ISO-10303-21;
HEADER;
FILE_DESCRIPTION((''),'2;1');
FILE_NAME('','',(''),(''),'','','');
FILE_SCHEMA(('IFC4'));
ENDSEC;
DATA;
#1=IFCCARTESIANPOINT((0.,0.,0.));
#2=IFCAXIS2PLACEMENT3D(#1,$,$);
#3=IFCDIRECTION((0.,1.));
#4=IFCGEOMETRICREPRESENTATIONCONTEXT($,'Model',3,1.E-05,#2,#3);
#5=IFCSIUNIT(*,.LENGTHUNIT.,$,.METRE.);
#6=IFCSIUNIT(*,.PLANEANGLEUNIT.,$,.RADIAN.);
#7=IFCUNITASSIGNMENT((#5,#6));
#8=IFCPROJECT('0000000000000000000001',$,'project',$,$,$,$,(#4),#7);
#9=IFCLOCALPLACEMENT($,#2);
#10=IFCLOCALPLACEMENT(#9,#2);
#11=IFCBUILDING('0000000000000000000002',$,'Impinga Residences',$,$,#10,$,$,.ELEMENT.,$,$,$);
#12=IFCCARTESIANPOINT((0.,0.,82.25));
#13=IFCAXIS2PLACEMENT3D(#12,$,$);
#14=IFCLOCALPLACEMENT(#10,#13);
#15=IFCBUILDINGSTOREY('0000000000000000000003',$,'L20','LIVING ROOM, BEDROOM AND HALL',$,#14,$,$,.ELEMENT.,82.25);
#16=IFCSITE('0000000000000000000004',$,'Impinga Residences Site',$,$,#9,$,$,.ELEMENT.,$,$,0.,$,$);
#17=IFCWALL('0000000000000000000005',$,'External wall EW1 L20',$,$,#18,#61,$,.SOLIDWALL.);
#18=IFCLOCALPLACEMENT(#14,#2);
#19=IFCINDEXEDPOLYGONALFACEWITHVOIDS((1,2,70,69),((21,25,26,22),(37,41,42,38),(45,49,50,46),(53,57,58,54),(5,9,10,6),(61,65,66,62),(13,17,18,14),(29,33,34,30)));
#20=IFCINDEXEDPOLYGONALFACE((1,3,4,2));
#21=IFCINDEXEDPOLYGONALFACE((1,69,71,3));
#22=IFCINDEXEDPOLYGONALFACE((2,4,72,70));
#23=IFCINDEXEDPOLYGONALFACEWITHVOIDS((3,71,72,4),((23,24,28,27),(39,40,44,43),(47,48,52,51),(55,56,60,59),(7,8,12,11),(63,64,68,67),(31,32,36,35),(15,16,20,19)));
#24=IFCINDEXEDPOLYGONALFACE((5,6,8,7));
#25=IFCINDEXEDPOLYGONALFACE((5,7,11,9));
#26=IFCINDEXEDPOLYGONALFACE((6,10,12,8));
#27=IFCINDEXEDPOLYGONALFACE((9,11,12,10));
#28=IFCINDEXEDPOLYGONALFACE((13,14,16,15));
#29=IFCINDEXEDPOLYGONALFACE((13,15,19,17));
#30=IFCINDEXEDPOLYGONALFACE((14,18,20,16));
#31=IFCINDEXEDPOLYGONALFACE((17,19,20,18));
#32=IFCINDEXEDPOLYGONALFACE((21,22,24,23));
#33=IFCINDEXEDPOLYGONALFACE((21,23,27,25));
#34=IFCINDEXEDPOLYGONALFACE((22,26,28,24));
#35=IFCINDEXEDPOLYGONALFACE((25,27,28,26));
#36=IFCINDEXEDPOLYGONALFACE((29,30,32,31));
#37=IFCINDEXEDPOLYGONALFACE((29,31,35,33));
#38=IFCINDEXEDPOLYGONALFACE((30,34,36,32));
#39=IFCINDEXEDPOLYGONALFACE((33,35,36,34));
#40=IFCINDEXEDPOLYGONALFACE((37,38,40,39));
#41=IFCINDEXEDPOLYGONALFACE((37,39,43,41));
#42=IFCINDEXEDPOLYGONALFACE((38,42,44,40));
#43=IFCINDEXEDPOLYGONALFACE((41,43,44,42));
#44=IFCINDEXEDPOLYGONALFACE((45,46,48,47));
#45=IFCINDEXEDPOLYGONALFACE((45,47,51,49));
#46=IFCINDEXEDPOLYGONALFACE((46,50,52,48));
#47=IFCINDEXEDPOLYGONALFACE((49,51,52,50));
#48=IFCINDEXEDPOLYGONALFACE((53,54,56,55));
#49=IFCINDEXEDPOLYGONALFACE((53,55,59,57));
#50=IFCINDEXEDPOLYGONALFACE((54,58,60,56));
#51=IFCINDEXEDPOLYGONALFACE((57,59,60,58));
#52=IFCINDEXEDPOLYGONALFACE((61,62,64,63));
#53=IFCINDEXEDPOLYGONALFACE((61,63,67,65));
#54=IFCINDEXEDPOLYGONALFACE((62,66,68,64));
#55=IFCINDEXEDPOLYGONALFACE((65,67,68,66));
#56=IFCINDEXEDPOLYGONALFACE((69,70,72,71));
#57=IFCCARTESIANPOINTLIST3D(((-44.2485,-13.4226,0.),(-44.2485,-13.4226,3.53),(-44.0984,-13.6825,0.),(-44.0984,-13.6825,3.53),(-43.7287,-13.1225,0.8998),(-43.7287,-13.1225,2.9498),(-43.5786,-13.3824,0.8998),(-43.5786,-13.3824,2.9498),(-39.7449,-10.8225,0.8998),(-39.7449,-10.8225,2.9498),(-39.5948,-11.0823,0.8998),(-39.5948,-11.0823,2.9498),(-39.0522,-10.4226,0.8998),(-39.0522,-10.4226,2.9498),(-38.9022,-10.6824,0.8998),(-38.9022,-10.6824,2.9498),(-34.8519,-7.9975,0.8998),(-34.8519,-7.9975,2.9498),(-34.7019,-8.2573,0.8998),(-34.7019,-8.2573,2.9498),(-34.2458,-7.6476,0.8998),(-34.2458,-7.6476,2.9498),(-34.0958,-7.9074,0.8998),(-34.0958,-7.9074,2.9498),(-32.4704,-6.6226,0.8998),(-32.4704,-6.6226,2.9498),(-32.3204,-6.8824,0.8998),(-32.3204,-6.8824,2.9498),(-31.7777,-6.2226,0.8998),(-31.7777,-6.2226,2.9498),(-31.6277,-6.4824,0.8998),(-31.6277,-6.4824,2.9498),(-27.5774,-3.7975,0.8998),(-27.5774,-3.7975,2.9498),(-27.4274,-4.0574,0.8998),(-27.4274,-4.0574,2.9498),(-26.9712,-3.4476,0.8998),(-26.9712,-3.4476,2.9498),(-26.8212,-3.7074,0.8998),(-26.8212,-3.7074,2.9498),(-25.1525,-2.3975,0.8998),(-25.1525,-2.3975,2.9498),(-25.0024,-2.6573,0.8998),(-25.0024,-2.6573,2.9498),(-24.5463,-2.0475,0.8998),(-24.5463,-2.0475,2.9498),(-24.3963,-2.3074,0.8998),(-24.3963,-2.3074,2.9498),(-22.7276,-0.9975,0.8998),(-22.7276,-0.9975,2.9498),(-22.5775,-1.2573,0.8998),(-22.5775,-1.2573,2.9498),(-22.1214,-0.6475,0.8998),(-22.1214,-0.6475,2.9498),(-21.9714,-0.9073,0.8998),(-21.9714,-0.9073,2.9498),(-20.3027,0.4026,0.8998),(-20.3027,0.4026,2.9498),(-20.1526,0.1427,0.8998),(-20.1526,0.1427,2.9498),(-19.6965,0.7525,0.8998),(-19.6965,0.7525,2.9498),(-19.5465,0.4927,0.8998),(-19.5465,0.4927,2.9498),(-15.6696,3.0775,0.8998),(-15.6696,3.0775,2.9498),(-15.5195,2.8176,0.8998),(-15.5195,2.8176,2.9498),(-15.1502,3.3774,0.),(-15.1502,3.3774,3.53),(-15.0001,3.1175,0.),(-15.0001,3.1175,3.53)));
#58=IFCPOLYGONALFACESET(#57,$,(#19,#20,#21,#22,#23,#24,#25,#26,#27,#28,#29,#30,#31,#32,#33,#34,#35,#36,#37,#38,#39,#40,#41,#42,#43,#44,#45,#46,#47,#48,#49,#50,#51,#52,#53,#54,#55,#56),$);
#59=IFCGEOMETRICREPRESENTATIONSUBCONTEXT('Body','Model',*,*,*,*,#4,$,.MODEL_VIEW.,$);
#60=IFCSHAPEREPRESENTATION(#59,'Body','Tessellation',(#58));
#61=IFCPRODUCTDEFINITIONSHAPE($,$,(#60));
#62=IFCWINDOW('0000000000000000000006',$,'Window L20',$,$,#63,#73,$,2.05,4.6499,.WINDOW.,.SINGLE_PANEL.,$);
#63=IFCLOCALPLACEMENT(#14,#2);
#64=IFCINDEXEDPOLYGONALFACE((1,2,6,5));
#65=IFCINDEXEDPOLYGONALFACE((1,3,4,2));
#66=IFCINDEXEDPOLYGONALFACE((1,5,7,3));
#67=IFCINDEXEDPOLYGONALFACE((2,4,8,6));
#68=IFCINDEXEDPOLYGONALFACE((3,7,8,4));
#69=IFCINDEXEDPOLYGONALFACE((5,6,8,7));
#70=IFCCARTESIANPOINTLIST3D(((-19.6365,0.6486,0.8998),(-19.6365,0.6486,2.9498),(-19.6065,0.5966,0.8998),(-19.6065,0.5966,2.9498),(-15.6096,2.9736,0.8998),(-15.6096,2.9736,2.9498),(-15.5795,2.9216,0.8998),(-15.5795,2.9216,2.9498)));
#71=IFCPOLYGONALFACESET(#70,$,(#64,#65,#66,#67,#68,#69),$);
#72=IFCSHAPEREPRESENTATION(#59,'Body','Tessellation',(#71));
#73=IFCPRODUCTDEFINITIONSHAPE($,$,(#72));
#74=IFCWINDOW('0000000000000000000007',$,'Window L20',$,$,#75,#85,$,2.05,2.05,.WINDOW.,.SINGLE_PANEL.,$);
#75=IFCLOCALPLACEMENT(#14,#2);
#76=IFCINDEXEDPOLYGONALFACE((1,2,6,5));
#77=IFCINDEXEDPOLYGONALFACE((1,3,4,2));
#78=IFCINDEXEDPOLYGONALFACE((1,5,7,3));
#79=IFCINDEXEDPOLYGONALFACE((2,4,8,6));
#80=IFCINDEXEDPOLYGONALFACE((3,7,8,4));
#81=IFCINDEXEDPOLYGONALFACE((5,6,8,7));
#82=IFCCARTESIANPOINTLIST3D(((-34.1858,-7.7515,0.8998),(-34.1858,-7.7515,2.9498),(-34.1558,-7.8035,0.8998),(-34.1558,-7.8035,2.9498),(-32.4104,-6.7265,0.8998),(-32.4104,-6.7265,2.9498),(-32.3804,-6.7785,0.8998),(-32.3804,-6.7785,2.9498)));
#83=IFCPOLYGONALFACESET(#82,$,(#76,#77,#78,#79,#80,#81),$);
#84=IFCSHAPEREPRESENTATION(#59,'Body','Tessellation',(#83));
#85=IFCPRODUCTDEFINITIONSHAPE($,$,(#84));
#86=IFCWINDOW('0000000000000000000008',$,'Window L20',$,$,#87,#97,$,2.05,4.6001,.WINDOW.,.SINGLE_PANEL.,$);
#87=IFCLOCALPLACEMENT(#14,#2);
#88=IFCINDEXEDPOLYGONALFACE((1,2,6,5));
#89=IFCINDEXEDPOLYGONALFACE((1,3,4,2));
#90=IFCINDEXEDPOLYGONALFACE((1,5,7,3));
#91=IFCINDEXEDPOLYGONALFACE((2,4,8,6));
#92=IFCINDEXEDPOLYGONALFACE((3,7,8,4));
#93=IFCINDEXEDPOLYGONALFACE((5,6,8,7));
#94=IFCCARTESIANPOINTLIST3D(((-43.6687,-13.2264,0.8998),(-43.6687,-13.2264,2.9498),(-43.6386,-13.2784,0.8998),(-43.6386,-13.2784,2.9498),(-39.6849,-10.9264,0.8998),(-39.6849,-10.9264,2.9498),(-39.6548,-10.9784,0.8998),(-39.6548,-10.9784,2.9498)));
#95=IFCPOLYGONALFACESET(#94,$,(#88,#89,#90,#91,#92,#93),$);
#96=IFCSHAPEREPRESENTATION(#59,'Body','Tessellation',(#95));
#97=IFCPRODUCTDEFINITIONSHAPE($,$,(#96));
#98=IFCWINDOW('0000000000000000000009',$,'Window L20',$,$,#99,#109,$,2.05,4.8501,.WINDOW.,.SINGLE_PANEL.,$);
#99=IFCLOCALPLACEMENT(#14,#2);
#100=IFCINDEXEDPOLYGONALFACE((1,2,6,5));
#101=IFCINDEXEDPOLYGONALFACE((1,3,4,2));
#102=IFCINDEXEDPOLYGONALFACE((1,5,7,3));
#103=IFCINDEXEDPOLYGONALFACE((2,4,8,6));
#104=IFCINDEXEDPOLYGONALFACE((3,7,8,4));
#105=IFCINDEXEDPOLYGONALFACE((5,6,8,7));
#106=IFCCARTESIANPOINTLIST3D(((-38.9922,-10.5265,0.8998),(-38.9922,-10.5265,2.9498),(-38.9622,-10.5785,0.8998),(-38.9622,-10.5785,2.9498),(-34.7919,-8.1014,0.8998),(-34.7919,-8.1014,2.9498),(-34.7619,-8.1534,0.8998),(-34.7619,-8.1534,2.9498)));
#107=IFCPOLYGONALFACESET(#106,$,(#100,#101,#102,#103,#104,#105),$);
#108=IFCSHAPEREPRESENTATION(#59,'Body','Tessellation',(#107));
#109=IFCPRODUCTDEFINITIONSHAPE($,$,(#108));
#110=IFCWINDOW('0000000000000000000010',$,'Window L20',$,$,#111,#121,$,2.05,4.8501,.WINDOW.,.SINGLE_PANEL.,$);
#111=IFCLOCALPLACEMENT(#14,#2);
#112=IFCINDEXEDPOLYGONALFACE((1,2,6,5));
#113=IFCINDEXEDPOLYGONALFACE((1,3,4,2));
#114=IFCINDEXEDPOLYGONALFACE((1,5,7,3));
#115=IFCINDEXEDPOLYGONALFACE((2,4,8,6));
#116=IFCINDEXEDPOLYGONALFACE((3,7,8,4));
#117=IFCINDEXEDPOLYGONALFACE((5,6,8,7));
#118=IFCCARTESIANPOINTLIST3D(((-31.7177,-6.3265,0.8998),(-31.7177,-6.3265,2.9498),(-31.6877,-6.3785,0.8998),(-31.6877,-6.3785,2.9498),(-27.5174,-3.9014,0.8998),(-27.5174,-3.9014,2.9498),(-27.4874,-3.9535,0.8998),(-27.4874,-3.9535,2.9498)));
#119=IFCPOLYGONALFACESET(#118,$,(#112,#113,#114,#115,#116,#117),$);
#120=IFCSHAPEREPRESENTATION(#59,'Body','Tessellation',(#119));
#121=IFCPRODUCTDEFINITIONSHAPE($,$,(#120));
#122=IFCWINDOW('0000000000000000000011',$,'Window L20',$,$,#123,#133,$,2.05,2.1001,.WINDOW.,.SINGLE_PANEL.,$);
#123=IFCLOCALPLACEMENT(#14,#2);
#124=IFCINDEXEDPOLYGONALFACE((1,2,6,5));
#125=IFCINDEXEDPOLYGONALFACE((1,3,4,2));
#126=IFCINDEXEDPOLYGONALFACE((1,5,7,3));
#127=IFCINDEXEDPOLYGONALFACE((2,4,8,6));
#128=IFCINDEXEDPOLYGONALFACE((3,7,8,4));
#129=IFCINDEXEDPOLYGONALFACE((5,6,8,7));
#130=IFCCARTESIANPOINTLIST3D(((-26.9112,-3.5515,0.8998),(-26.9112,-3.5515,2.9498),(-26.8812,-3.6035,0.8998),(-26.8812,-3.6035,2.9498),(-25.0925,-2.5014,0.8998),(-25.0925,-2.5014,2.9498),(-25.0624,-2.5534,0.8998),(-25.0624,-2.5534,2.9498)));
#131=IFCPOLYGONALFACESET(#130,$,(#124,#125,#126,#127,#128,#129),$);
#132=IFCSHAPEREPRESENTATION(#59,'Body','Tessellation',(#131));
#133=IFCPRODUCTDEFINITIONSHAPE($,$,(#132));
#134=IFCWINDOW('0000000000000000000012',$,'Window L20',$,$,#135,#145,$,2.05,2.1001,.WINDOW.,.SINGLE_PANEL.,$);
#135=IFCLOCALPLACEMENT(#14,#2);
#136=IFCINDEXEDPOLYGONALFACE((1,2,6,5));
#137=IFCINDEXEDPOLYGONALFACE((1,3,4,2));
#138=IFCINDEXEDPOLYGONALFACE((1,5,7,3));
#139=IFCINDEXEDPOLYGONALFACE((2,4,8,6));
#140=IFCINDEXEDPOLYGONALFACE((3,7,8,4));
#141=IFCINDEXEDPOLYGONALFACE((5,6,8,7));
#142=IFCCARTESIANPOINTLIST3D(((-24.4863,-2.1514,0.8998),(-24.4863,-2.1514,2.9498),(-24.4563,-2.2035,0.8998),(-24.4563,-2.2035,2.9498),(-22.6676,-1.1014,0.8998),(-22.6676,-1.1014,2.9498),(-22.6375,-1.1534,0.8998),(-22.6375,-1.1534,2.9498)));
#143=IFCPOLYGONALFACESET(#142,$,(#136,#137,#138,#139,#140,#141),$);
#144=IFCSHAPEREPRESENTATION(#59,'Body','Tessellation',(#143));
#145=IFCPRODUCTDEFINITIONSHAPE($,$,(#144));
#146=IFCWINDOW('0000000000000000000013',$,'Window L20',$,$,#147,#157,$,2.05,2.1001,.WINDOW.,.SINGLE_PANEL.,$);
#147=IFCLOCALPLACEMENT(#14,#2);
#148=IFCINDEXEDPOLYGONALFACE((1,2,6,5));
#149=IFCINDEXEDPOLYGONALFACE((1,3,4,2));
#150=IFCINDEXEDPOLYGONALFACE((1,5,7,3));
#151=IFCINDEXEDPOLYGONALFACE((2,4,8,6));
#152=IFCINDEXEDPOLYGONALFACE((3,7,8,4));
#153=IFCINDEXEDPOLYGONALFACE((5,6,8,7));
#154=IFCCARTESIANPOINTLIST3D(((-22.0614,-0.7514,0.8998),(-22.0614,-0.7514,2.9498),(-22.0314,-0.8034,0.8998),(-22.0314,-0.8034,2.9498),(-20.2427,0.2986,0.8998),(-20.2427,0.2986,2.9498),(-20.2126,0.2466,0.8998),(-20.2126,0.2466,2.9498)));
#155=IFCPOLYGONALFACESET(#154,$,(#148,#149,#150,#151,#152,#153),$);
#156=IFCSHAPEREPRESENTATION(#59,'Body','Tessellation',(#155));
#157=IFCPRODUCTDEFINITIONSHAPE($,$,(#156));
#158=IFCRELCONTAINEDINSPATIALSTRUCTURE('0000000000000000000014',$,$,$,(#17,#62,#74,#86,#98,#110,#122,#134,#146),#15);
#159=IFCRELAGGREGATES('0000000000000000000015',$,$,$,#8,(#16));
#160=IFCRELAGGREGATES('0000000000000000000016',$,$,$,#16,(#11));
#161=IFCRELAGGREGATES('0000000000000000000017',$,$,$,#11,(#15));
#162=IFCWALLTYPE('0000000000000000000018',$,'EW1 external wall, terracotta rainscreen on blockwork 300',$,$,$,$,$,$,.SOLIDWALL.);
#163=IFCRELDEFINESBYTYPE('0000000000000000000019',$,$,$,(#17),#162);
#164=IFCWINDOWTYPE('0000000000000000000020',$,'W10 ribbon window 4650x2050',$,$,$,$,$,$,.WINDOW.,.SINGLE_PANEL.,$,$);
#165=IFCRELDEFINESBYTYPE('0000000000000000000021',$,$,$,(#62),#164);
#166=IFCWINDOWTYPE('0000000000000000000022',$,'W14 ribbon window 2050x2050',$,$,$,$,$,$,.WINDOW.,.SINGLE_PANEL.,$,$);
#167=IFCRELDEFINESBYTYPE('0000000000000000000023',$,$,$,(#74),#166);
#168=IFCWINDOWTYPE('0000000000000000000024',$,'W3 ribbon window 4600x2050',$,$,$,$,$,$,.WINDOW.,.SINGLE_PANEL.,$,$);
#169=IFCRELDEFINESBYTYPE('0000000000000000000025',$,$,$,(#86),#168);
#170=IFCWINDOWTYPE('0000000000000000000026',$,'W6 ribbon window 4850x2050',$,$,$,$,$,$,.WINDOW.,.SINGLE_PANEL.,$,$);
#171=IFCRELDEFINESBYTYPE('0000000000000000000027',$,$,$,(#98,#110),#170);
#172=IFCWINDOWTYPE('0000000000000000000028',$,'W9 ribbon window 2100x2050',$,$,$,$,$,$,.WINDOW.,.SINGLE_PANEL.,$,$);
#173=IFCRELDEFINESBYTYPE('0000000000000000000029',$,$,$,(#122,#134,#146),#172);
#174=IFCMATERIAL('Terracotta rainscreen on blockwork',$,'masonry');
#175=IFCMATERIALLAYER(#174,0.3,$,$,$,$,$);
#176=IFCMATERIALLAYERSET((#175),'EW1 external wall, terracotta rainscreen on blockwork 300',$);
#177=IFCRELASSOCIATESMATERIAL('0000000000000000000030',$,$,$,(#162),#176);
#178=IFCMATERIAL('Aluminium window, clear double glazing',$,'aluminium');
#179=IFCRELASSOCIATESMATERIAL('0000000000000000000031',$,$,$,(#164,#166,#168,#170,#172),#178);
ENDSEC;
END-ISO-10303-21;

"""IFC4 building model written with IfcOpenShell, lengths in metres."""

from ifc_helpers import new_model, si_unit, direction, frame, frame_2d, origin, place, context, subcontext, project, spatial, rectangle, extrude, material, layer, layer_set, type_object, element, fill, save


model = new_model("IFC4")

# Units and contexts
model_context = context("Model", 3, precision=1e-05, world=origin(), true_north=direction((0.0, 1.0)))
body_context = subcontext(model_context, "Body", "Model", "MODEL_VIEW")
ifc_project = project(units=[si_unit("LENGTHUNIT", "METRE"), si_unit("PLANEANGLEUNIT", "RADIAN")], contexts=[model_context])

# Site, building, storey
site_placement = place(None, origin())
site = spatial("IfcSite", under=ifc_project, at=site_placement, Name="Impinga Residences Site", CompositionType="ELEMENT", RefElevation=0.0)
building_placement = place(site_placement, origin())
building = spatial("IfcBuilding", under=site, at=building_placement, Name="Impinga Residences", CompositionType="ELEMENT")
storey_placement = place(building_placement, frame((0.0, 0.0, 82.25)))
storey = spatial("IfcBuildingStorey", under=building, at=storey_placement, Name="L20", Description="LIVING ROOM, BEDROOM AND HALL", CompositionType="ELEMENT", Elevation=82.25)

# Shared definitions
ifc_material_1 = material(Name="Terracotta rainscreen on blockwork", Category="masonry")
ifc_layer_1 = layer(ifc_material_1, 0.3)
ifc_layer_set_1 = layer_set([ifc_layer_1], Name="EW1 external wall, terracotta rainscreen on blockwork 300")
wall_type_1 = type_object("IfcWallType", Name="EW1 external wall, terracotta rainscreen on blockwork 300", PredefinedType="SOLIDWALL", material=ifc_layer_set_1)

# Wall, openings, windows
wall_1_placement = place(storey_placement, frame((-44.1733, -13.5525, 0.0), z_axis=(0.0, 0.0, 1.0), x_axis=(0.866024, 0.500002, 0.0)))
wall_1 = element("IfcWall", 1, at=wall_1_placement, inside=storey, type_object=wall_type_1, Name="External wall EW1 L20", PredefinedType="SOLIDWALL", context=body_context, shape_type="SweptSolid", body=[
    extrude(rectangle(XDim=33.5999, YDim=0.3, at=frame_2d((16.7998, 0.0))), origin(), (0.0, 0.0, 1.0), 3.53),
])
opening_1_placement = place(wall_1_placement, frame((0.6001, 0.0, 0.8999)))
opening_1 = element("IfcOpeningElement", 2, at=opening_1_placement, cuts=wall_1, PredefinedType="OPENING", context=body_context, shape_type="SweptSolid", body=[
    extrude(rectangle(XDim=4.6001, YDim=2.05, at=frame_2d((2.3, 1.0249))), frame((0.0, 0.1599, 0.0), z_axis=(0.0, -1.0, 0.0), x_axis=(1.0, 0.0, 0.0)), (0.0, 0.0, 1.0), 0.3201),
])
opening_2_placement = place(wall_1_placement, frame((6.0, 0.0, 0.8999)))
opening_2 = element("IfcOpeningElement", 3, at=opening_2_placement, cuts=wall_1, PredefinedType="OPENING", context=body_context, shape_type="SweptSolid", body=[
    extrude(rectangle(XDim=4.8501, YDim=2.05, at=frame_2d((2.425, 1.0249))), frame((0.0, 0.1599, 0.0), z_axis=(0.0, -1.0, 0.0), x_axis=(1.0, 0.0, 0.0)), (0.0, 0.0, 1.0), 0.3201),
])
opening_3_placement = place(wall_1_placement, frame((11.55, 0.0, 0.8999)))
opening_3 = element("IfcOpeningElement", 4, at=opening_3_placement, cuts=wall_1, PredefinedType="OPENING", context=body_context, shape_type="SweptSolid", body=[
    extrude(rectangle(XDim=2.05, YDim=2.05, at=frame_2d((1.0249, 1.0249))), frame((0.0, 0.1599, 0.0), z_axis=(0.0, -1.0, 0.0), x_axis=(1.0, 0.0, 0.0)), (0.0, 0.0, 1.0), 0.3201),
])
opening_4_placement = place(wall_1_placement, frame((14.3999, 0.0, 0.8999)))
opening_4 = element("IfcOpeningElement", 5, at=opening_4_placement, cuts=wall_1, PredefinedType="OPENING", context=body_context, shape_type="SweptSolid", body=[
    extrude(rectangle(XDim=4.8501, YDim=2.05, at=frame_2d((2.425, 1.0249))), frame((0.0, 0.1599, 0.0), z_axis=(0.0, -1.0, 0.0), x_axis=(1.0, 0.0, 0.0)), (0.0, 0.0, 1.0), 0.3201),
])
opening_5_placement = place(wall_1_placement, frame((19.95, 0.0, 0.8999)))
opening_5 = element("IfcOpeningElement", 6, at=opening_5_placement, cuts=wall_1, PredefinedType="OPENING", context=body_context, shape_type="SweptSolid", body=[
    extrude(rectangle(XDim=2.1001, YDim=2.05, at=frame_2d((1.05, 1.0249))), frame((0.0, 0.1599, 0.0), z_axis=(0.0, -1.0, 0.0), x_axis=(1.0, 0.0, 0.0)), (0.0, 0.0, 1.0), 0.3201),
])
opening_6_placement = place(wall_1_placement, frame((22.75, 0.0, 0.8999)))
opening_6 = element("IfcOpeningElement", 7, at=opening_6_placement, cuts=wall_1, PredefinedType="OPENING", context=body_context, shape_type="SweptSolid", body=[
    extrude(rectangle(XDim=2.1001, YDim=2.05, at=frame_2d((1.05, 1.0249))), frame((0.0, 0.1599, 0.0), z_axis=(0.0, -1.0, 0.0), x_axis=(1.0, 0.0, 0.0)), (0.0, 0.0, 1.0), 0.3201),
])
opening_7_placement = place(wall_1_placement, frame((25.55, 0.0, 0.8999)))
opening_7 = element("IfcOpeningElement", 8, at=opening_7_placement, cuts=wall_1, PredefinedType="OPENING", context=body_context, shape_type="SweptSolid", body=[
    extrude(rectangle(XDim=2.1001, YDim=2.05, at=frame_2d((1.05, 1.0249))), frame((0.0, 0.1599, 0.0), z_axis=(0.0, -1.0, 0.0), x_axis=(1.0, 0.0, 0.0)), (0.0, 0.0, 1.0), 0.3201),
])
opening_8_placement = place(wall_1_placement, frame((28.3501, 0.0, 0.8999)))
opening_8 = element("IfcOpeningElement", 9, at=opening_8_placement, cuts=wall_1, PredefinedType="OPENING", context=body_context, shape_type="SweptSolid", body=[
    extrude(rectangle(XDim=4.6499, YDim=2.05, at=frame_2d((2.325, 1.0249))), frame((0.0, 0.1599, 0.0), z_axis=(0.0, -1.0, 0.0), x_axis=(1.0, 0.0, 0.0)), (0.0, 0.0, 1.0), 0.3201),
])
ifc_material_2 = material(Name="Aluminium window, clear double glazing", Category="aluminium")
window_type_1 = type_object("IfcWindowType", Name="W10 ribbon window 4650x2050", PartitioningType="SINGLE_PANEL", PredefinedType="WINDOW", material=ifc_material_2)
window_1_placement = place(opening_8_placement, origin())
window_1 = element("IfcWindow", 10, at=window_1_placement, inside=storey, type_object=window_type_1, Name="Window L20", OverallHeight=2.05, OverallWidth=4.6499, PartitioningType="SINGLE_PANEL", PredefinedType="WINDOW", context=body_context, shape_type="SweptSolid", body=[
    extrude(rectangle(XDim=4.6499, YDim=2.05, at=frame_2d((2.325, 1.0249))), frame((0.0, 0.03, 0.0), z_axis=(0.0, -1.0, 0.0), x_axis=(1.0, 0.0, 0.0)), (0.0, 0.0, 1.0), 0.0601),
])
fill(opening_8, window_1)
window_type_2 = type_object("IfcWindowType", Name="W14 ribbon window 2050x2050", PartitioningType="SINGLE_PANEL", PredefinedType="WINDOW", material=ifc_material_2)
window_2_placement = place(opening_3_placement, origin())
window_2 = element("IfcWindow", 11, at=window_2_placement, inside=storey, type_object=window_type_2, Name="Window L20", OverallHeight=2.05, OverallWidth=2.05, PartitioningType="SINGLE_PANEL", PredefinedType="WINDOW", context=body_context, shape_type="SweptSolid", body=[
    extrude(rectangle(XDim=2.05, YDim=2.05, at=frame_2d((1.0249, 1.0249))), frame((0.0, 0.03, 0.0), z_axis=(0.0, -1.0, 0.0), x_axis=(1.0, 0.0, 0.0)), (0.0, 0.0, 1.0), 0.0601),
])
fill(opening_3, window_2)
window_type_3 = type_object("IfcWindowType", Name="W3 ribbon window 4600x2050", PartitioningType="SINGLE_PANEL", PredefinedType="WINDOW", material=ifc_material_2)
window_3_placement = place(opening_1_placement, origin())
window_3 = element("IfcWindow", 12, at=window_3_placement, inside=storey, type_object=window_type_3, Name="Window L20", OverallHeight=2.05, OverallWidth=4.6001, PartitioningType="SINGLE_PANEL", PredefinedType="WINDOW", context=body_context, shape_type="SweptSolid", body=[
    extrude(rectangle(XDim=4.6001, YDim=2.05, at=frame_2d((2.3, 1.0249))), frame((0.0, 0.03, 0.0), z_axis=(0.0, -1.0, 0.0), x_axis=(1.0, 0.0, 0.0)), (0.0, 0.0, 1.0), 0.0601),
])
fill(opening_1, window_3)
window_type_4 = type_object("IfcWindowType", Name="W6 ribbon window 4850x2050", PartitioningType="SINGLE_PANEL", PredefinedType="WINDOW", material=ifc_material_2)
window_4_placement = place(opening_2_placement, origin())
window_4 = element("IfcWindow", 13, at=window_4_placement, inside=storey, type_object=window_type_4, Name="Window L20", OverallHeight=2.05, OverallWidth=4.8501, PartitioningType="SINGLE_PANEL", PredefinedType="WINDOW", context=body_context, shape_type="SweptSolid", body=[
    extrude(rectangle(XDim=4.8501, YDim=2.05, at=frame_2d((2.425, 1.0249))), frame((0.0, 0.03, 0.0), z_axis=(0.0, -1.0, 0.0), x_axis=(1.0, 0.0, 0.0)), (0.0, 0.0, 1.0), 0.0601),
])
fill(opening_2, window_4)
window_5_placement = place(opening_4_placement, origin())
window_5 = element("IfcWindow", 14, at=window_5_placement, inside=storey, type_object=window_type_4, Name="Window L20", OverallHeight=2.05, OverallWidth=4.8501, PartitioningType="SINGLE_PANEL", PredefinedType="WINDOW", context=body_context, shape_type="SweptSolid", body=[
    extrude(rectangle(XDim=4.8501, YDim=2.05, at=frame_2d((2.425, 1.0249))), frame((0.0, 0.03, 0.0), z_axis=(0.0, -1.0, 0.0), x_axis=(1.0, 0.0, 0.0)), (0.0, 0.0, 1.0), 0.0601),
])
fill(opening_4, window_5)
window_type_5 = type_object("IfcWindowType", Name="W9 ribbon window 2100x2050", PartitioningType="SINGLE_PANEL", PredefinedType="WINDOW", material=ifc_material_2)
window_6_placement = place(opening_5_placement, origin())
window_6 = element("IfcWindow", 15, at=window_6_placement, inside=storey, type_object=window_type_5, Name="Window L20", OverallHeight=2.05, OverallWidth=2.1001, PartitioningType="SINGLE_PANEL", PredefinedType="WINDOW", context=body_context, shape_type="SweptSolid", body=[
    extrude(rectangle(XDim=2.1001, YDim=2.05, at=frame_2d((1.05, 1.0249))), frame((0.0, 0.03, 0.0), z_axis=(0.0, -1.0, 0.0), x_axis=(1.0, 0.0, 0.0)), (0.0, 0.0, 1.0), 0.0601),
])
fill(opening_5, window_6)
window_7_placement = place(opening_6_placement, origin())
window_7 = element("IfcWindow", 16, at=window_7_placement, inside=storey, type_object=window_type_5, Name="Window L20", OverallHeight=2.05, OverallWidth=2.1001, PartitioningType="SINGLE_PANEL", PredefinedType="WINDOW", context=body_context, shape_type="SweptSolid", body=[
    extrude(rectangle(XDim=2.1001, YDim=2.05, at=frame_2d((1.05, 1.0249))), frame((0.0, 0.03, 0.0), z_axis=(0.0, -1.0, 0.0), x_axis=(1.0, 0.0, 0.0)), (0.0, 0.0, 1.0), 0.0601),
])
fill(opening_6, window_7)
window_8_placement = place(opening_7_placement, origin())
window_8 = element("IfcWindow", 17, at=window_8_placement, inside=storey, type_object=window_type_5, Name="Window L20", OverallHeight=2.05, OverallWidth=2.1001, PartitioningType="SINGLE_PANEL", PredefinedType="WINDOW", context=body_context, shape_type="SweptSolid", body=[
    extrude(rectangle(XDim=2.1001, YDim=2.05, at=frame_2d((1.05, 1.0249))), frame((0.0, 0.03, 0.0), z_axis=(0.0, -1.0, 0.0), x_axis=(1.0, 0.0, 0.0)), (0.0, 0.0, 1.0), 0.0601),
])
fill(opening_7, window_8)

save(model, "model.ifc")
